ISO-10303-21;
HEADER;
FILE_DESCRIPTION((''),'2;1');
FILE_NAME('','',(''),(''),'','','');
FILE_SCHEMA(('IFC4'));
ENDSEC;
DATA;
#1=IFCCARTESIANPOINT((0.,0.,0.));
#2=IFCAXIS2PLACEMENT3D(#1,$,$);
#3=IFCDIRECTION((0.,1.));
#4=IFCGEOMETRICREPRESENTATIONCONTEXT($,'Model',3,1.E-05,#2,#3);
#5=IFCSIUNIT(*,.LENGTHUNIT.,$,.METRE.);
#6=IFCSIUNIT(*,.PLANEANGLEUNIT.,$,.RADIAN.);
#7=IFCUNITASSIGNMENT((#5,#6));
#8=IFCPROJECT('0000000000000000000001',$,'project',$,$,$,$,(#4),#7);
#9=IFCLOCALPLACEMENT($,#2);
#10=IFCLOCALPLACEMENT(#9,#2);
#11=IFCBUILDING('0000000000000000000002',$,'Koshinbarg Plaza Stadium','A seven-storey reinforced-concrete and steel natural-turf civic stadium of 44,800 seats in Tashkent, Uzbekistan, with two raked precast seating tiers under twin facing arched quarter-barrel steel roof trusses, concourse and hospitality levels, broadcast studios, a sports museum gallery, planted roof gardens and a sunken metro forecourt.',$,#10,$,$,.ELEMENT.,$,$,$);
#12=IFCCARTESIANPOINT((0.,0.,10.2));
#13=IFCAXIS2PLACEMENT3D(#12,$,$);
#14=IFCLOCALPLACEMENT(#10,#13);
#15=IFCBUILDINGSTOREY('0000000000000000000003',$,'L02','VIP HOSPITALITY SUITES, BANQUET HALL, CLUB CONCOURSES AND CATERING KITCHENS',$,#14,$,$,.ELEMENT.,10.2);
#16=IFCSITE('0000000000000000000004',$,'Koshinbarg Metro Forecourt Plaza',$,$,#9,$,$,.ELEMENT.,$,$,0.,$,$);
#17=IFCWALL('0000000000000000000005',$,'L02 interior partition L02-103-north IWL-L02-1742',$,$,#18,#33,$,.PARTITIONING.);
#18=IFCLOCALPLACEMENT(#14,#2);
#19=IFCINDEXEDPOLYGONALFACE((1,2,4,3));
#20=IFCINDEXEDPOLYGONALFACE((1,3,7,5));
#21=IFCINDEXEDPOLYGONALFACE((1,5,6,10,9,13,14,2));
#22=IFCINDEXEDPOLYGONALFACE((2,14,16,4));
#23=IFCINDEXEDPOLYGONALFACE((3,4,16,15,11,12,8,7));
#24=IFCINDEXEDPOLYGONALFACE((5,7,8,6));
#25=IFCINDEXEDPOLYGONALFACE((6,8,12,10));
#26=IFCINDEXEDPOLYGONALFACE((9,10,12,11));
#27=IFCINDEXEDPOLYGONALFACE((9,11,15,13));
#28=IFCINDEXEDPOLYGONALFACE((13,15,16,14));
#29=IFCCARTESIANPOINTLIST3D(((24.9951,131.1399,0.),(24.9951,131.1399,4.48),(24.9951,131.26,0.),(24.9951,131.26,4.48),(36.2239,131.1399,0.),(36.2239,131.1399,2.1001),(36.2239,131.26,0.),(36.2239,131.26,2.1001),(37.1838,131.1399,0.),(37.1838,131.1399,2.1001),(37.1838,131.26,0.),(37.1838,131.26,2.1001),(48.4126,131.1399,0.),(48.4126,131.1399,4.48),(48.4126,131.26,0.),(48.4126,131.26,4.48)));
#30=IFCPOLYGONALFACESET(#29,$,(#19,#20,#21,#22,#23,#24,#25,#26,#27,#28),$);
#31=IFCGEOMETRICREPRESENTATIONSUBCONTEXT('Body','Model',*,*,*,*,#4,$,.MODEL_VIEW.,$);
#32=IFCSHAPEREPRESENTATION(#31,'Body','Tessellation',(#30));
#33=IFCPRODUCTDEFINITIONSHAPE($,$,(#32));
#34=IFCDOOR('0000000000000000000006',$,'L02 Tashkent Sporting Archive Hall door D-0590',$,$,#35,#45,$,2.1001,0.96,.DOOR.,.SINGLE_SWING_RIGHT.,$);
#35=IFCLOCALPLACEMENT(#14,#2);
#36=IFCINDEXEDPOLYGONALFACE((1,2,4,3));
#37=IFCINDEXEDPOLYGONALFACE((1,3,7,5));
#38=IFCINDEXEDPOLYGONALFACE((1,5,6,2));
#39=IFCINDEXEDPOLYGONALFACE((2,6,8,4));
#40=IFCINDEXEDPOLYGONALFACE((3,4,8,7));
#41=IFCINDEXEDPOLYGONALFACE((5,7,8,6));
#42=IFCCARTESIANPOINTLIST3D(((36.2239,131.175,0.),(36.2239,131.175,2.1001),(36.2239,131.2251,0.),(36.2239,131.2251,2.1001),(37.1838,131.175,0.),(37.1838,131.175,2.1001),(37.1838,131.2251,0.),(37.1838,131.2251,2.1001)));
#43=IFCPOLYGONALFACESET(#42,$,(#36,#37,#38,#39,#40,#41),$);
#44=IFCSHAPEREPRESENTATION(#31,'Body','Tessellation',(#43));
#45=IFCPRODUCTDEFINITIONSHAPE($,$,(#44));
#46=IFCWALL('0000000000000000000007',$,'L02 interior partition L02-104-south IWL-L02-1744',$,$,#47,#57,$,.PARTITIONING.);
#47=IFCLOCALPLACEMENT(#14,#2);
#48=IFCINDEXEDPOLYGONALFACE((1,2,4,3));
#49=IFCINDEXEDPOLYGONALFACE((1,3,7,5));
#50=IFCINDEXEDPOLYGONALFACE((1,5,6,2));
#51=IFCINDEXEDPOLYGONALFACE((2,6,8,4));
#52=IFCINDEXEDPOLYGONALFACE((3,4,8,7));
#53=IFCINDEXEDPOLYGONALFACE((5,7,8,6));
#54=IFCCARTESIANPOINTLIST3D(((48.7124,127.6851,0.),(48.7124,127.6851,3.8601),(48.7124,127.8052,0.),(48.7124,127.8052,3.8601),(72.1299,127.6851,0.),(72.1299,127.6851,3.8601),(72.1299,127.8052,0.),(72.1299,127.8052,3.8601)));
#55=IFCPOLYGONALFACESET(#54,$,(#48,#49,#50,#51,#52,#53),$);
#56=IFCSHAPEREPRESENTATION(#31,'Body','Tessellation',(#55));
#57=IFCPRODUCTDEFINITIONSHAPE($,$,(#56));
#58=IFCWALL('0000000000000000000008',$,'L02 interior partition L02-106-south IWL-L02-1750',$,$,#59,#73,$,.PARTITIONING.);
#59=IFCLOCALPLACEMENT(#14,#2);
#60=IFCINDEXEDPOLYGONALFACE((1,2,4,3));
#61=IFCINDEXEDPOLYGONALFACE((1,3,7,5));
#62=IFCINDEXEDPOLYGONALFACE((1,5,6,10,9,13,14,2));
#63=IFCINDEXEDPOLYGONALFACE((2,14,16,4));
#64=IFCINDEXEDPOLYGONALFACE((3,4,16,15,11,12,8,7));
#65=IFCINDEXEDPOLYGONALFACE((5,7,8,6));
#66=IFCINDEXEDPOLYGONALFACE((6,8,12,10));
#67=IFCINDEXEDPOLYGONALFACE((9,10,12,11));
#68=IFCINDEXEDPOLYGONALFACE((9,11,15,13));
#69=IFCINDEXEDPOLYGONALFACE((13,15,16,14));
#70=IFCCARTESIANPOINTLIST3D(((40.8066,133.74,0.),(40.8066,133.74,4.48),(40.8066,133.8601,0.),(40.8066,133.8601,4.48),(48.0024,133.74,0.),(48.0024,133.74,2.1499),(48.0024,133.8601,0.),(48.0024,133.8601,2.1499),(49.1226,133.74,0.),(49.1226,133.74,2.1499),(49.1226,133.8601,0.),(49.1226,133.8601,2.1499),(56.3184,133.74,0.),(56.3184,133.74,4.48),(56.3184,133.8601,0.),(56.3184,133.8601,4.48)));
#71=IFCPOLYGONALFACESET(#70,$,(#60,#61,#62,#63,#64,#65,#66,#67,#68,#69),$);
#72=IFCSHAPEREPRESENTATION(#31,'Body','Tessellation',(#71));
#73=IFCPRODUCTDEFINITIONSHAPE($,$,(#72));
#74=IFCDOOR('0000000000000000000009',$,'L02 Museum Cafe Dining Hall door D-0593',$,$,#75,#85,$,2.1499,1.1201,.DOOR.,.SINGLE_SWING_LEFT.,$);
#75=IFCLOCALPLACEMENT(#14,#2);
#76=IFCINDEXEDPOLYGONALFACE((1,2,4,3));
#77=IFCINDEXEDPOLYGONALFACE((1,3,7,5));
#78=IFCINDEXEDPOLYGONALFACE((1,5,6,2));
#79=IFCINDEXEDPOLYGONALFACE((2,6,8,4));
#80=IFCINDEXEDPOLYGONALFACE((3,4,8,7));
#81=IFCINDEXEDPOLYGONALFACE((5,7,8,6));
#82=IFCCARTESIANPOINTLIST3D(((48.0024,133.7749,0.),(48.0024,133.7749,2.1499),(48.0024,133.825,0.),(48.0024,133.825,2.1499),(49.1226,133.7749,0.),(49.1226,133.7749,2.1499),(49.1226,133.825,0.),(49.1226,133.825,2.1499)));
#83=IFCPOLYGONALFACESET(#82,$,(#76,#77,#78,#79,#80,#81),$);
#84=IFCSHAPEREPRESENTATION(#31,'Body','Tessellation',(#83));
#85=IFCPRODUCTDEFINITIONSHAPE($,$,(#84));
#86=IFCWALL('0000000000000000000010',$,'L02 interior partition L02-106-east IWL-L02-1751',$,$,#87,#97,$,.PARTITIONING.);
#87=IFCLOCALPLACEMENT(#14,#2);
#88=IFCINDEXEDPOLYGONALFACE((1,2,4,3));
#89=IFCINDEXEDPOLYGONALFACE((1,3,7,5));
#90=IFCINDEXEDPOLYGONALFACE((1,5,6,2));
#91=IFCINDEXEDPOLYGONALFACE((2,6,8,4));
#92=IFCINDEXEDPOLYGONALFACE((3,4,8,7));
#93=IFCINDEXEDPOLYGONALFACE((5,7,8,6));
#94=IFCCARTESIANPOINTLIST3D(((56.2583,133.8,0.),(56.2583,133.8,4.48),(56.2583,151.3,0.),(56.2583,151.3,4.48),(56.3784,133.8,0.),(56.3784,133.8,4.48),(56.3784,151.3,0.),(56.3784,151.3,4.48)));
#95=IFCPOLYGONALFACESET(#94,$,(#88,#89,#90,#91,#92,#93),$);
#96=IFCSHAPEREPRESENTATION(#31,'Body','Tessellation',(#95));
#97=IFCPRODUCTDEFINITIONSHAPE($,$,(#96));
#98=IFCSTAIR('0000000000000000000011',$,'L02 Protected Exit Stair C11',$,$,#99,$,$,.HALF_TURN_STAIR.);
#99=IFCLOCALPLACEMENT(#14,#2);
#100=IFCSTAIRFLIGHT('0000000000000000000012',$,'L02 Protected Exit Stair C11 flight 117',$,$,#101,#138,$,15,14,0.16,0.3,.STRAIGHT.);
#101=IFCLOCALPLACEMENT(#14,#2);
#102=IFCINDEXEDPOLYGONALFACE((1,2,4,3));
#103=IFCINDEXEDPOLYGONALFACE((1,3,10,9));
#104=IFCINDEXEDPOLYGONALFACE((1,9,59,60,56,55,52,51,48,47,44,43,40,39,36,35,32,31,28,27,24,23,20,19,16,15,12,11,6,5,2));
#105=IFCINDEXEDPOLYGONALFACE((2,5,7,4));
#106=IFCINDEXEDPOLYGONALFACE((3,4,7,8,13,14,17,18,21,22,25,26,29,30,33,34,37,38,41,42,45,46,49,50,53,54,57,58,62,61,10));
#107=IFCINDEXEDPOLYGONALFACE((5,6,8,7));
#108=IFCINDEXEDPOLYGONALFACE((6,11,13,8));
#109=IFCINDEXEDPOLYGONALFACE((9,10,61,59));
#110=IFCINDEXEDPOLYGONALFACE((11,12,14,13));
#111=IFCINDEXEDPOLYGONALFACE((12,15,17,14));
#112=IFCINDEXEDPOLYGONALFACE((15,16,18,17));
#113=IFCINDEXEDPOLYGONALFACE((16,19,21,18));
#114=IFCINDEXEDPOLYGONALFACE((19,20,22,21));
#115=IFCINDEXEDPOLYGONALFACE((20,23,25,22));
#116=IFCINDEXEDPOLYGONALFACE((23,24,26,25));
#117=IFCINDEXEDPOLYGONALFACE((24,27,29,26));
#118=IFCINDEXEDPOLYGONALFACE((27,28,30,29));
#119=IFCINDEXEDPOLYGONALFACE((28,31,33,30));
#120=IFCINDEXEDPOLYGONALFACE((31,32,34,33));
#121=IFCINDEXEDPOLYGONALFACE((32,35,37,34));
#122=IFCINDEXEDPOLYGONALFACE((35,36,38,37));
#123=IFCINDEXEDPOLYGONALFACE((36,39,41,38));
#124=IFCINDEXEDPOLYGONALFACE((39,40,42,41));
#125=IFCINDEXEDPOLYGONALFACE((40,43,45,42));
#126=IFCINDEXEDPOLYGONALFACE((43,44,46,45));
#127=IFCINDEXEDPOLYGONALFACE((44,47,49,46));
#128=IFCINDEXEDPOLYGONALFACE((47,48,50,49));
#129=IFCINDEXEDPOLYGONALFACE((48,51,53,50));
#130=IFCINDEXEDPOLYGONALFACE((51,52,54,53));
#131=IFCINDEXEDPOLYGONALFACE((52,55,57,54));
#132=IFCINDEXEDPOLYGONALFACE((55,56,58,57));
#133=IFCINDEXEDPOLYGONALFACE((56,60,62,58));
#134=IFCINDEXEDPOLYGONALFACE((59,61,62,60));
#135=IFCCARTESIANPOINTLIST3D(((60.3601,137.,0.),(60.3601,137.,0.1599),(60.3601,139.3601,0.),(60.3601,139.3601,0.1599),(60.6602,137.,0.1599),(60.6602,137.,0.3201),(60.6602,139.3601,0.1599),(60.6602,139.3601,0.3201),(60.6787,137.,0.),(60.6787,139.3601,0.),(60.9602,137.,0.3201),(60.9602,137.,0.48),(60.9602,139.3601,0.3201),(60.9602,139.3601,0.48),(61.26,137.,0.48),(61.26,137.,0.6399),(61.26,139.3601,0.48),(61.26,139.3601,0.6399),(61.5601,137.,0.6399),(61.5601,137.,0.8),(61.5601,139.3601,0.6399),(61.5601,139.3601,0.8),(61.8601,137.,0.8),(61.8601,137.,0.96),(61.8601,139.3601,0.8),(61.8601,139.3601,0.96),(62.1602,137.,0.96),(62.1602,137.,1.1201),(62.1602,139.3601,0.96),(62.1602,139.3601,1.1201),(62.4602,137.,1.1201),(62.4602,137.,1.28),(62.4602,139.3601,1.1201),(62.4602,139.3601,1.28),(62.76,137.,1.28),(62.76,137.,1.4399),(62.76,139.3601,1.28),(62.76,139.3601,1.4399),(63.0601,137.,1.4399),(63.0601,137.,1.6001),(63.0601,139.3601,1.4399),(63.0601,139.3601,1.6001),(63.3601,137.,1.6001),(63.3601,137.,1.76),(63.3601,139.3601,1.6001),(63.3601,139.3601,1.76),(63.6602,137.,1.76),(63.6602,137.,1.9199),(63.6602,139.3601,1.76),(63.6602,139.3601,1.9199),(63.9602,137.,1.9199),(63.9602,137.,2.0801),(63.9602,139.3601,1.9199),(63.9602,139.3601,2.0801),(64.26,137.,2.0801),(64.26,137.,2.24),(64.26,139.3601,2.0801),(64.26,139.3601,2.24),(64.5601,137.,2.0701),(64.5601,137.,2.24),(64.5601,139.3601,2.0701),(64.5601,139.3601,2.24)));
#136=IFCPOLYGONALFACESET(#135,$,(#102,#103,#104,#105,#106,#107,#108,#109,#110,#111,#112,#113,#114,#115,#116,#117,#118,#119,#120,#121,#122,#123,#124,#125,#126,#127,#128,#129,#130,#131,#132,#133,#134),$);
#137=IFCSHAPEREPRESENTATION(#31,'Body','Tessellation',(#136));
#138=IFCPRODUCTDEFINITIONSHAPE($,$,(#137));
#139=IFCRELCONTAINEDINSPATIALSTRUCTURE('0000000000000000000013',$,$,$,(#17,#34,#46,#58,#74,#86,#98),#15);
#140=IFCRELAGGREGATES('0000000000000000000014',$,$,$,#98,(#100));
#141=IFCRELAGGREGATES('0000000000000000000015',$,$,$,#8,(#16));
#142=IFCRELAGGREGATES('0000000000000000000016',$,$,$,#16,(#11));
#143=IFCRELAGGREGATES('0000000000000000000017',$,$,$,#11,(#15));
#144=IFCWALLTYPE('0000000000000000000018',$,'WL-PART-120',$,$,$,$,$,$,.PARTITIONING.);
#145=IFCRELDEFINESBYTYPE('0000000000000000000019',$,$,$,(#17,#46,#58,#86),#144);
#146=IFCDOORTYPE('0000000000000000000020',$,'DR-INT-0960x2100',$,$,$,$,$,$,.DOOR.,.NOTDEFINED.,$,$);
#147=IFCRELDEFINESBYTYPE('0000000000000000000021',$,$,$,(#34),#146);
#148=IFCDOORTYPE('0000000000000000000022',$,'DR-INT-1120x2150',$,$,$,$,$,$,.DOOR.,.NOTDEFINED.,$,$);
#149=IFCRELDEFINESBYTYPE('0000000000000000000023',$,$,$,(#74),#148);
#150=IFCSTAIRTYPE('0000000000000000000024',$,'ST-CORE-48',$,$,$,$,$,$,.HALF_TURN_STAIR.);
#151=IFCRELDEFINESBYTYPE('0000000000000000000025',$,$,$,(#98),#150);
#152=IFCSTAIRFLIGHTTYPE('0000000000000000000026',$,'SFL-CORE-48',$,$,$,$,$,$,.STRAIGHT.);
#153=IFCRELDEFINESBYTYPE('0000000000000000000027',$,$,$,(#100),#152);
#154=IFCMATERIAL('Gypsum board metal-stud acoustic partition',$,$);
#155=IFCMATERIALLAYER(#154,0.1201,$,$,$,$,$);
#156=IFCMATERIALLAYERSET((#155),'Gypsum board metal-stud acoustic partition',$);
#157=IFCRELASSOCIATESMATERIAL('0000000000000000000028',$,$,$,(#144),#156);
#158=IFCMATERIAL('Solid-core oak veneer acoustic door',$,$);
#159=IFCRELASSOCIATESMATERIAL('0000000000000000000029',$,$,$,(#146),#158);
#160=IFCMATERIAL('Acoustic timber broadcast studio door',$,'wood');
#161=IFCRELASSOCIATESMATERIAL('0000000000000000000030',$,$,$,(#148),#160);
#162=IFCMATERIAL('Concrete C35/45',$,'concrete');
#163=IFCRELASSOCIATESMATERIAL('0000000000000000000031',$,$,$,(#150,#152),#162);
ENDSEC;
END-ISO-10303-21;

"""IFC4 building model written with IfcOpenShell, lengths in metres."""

from ifc_helpers import new_model, si_unit, direction, frame, frame_2d, origin, place, context, subcontext, project, spatial, polyline, rectangle, outline, extrude, material, layer, layer_set, type_object, element, fill, aggregate, save


model = new_model("IFC4")

# Units and contexts
model_context = context("Model", 3, precision=1e-05, world=origin(), true_north=direction((0.0, 1.0)))
body_context = subcontext(model_context, "Body", "Model", "MODEL_VIEW")
ifc_project = project(units=[si_unit("LENGTHUNIT", "METRE"), si_unit("PLANEANGLEUNIT", "RADIAN")], contexts=[model_context])

# Site, building, storey
site_placement = place(None, origin())
site = spatial("IfcSite", under=ifc_project, at=site_placement, Name="Koshinbarg Metro Forecourt Plaza", CompositionType="ELEMENT", RefElevation=0.0)
building_placement = place(site_placement, origin())
building = spatial("IfcBuilding", under=site, at=building_placement, Name="Koshinbarg Plaza Stadium", Description="A seven-storey reinforced-concrete and steel natural-turf civic stadium of 44,800 seats in Tashkent, Uzbekistan, with two raked precast seating tiers under twin facing arched quarter-barrel steel roof trusses, concourse and hospitality levels, broadcast studios, a sports museum gallery, planted roof gardens and a sunken metro forecourt.", CompositionType="ELEMENT")
storey_placement = place(building_placement, frame((0.0, 0.0, 10.2)))
storey = spatial("IfcBuildingStorey", under=building, at=storey_placement, Name="L02", Description="VIP HOSPITALITY SUITES, BANQUET HALL, CLUB CONCOURSES AND CATERING KITCHENS", CompositionType="ELEMENT", Elevation=10.2)

# Shared definitions
ifc_material_1 = material(Name="Gypsum board metal-stud acoustic partition")
ifc_layer_1 = layer(ifc_material_1, 0.1201)
ifc_layer_set_1 = layer_set([ifc_layer_1], Name="Gypsum board metal-stud acoustic partition")
wall_type_1 = type_object("IfcWallType", Name="WL-PART-120", PredefinedType="PARTITIONING", material=ifc_layer_set_1)

# Wall, opening, door
wall_1_placement = place(storey_placement, frame((48.4126, 131.2, 0.0), z_axis=(0.0, 0.0, 1.0), x_axis=(-1.0, 0.0, 0.0)))
wall_1 = element("IfcWall", 1, at=wall_1_placement, inside=storey, type_object=wall_type_1, Name="L02 interior partition L02-103-north IWL-L02-1742", PredefinedType="PARTITIONING", context=body_context, shape_type="SweptSolid", body=[
    extrude(rectangle(XDim=23.4175, YDim=0.1201, at=frame_2d((11.7087, 0.0))), origin(), (0.0, 0.0, 1.0), 4.48),
])
opening_1_placement = place(wall_1_placement, frame((11.2288, 0.0, 0.0)))
opening_1 = element("IfcOpeningElement", 2, at=opening_1_placement, cuts=wall_1, PredefinedType="OPENING", context=body_context, shape_type="SweptSolid", body=[
    extrude(rectangle(XDim=0.96, YDim=2.1001, at=frame_2d((0.48, 1.05))), frame((0.0, 0.0701, 0.0), z_axis=(0.0, -1.0, 0.0), x_axis=(1.0, 0.0, 0.0)), (0.0, 0.0, 1.0), 0.1401),
])
ifc_material_2 = material(Name="Solid-core oak veneer acoustic door")
door_type_1 = type_object("IfcDoorType", Name="DR-INT-0960x2100", OperationType="NOTDEFINED", PredefinedType="DOOR", material=ifc_material_2)
door_1_placement = place(opening_1_placement, origin())
door_1 = element("IfcDoor", 3, at=door_1_placement, inside=storey, type_object=door_type_1, Name="L02 Tashkent Sporting Archive Hall door D-0590", OperationType="SINGLE_SWING_RIGHT", OverallHeight=2.1001, OverallWidth=0.96, PredefinedType="DOOR", context=body_context, shape_type="SweptSolid", body=[
    extrude(rectangle(XDim=0.96, YDim=2.1001, at=frame_2d((0.48, 1.05))), frame((0.0, 0.0249, 0.0), z_axis=(0.0, -1.0, 0.0), x_axis=(1.0, 0.0, 0.0)), (0.0, 0.0, 1.0), 0.05),
])
fill(opening_1, door_1)

# Wall
wall_2_placement = place(storey_placement, frame((48.7124, 127.7451, 0.0), z_axis=(0.0, 0.0, 1.0), x_axis=(1.0, 0.0, 0.0)))
element("IfcWall", 4, at=wall_2_placement, inside=storey, type_object=wall_type_1, Name="L02 interior partition L02-104-south IWL-L02-1744", PredefinedType="PARTITIONING", context=body_context, shape_type="SweptSolid", body=[
    extrude(rectangle(XDim=23.4175, YDim=0.1201, at=frame_2d((11.7087, 0.0))), origin(), (0.0, 0.0, 1.0), 3.8601),
])

# Wall, opening, door
wall_3_placement = place(storey_placement, frame((40.8066, 133.8, 0.0), z_axis=(0.0, 0.0, 1.0), x_axis=(1.0, 0.0, 0.0)))
wall_3 = element("IfcWall", 5, at=wall_3_placement, inside=storey, type_object=wall_type_1, Name="L02 interior partition L02-106-south IWL-L02-1750", PredefinedType="PARTITIONING", context=body_context, shape_type="SweptSolid", body=[
    extrude(rectangle(XDim=15.5117, YDim=0.1201, at=frame_2d((7.7559, 0.0))), origin(), (0.0, 0.0, 1.0), 4.48),
])
opening_2_placement = place(wall_3_placement, frame((7.1958, 0.0, 0.0)))
opening_2 = element("IfcOpeningElement", 6, at=opening_2_placement, cuts=wall_3, PredefinedType="OPENING", context=body_context, shape_type="SweptSolid", body=[
    extrude(rectangle(XDim=1.1201, YDim=2.1499, at=frame_2d((0.5601, 1.075))), frame((0.0, 0.0701, 0.0), z_axis=(0.0, -1.0, 0.0), x_axis=(1.0, 0.0, 0.0)), (0.0, 0.0, 1.0), 0.1401),
])
ifc_material_3 = material(Name="Acoustic timber broadcast studio door", Category="wood")
door_type_2 = type_object("IfcDoorType", Name="DR-INT-1120x2150", OperationType="NOTDEFINED", PredefinedType="DOOR", material=ifc_material_3)
door_2_placement = place(opening_2_placement, origin())
door_2 = element("IfcDoor", 7, at=door_2_placement, inside=storey, type_object=door_type_2, Name="L02 Museum Cafe Dining Hall door D-0593", OperationType="SINGLE_SWING_LEFT", OverallHeight=2.1499, OverallWidth=1.1201, PredefinedType="DOOR", context=body_context, shape_type="SweptSolid", body=[
    extrude(rectangle(XDim=1.1201, YDim=2.1499, at=frame_2d((0.5601, 1.075))), frame((0.0, 0.0249, 0.0), z_axis=(0.0, -1.0, 0.0), x_axis=(1.0, 0.0, 0.0)), (0.0, 0.0, 1.0), 0.05),
])
fill(opening_2, door_2)

# Wall
wall_4_placement = place(storey_placement, frame((56.3184, 133.8, 0.0), z_axis=(0.0, 0.0, 1.0), x_axis=(0.0, 1.0, 0.0)))
element("IfcWall", 8, at=wall_4_placement, inside=storey, type_object=wall_type_1, Name="L02 interior partition L02-106-east IWL-L02-1751", PredefinedType="PARTITIONING", context=body_context, shape_type="SweptSolid", body=[
    extrude(rectangle(XDim=17.5, YDim=0.1201, at=frame_2d((8.75, 0.0))), origin(), (0.0, 0.0, 1.0), 4.48),
])

# Stair, stair flight
ifc_material_4 = material(Name="Concrete C35/45", Category="concrete")
stair_type = type_object("IfcStairType", Name="ST-CORE-48", PredefinedType="HALF_TURN_STAIR", material=ifc_material_4)
stair_placement = place(storey_placement, origin())
stair = element("IfcStair", 9, at=stair_placement, inside=storey, type_object=stair_type, Name="L02 Protected Exit Stair C11", PredefinedType="HALF_TURN_STAIR")
stair_flight_type = type_object("IfcStairFlightType", Name="SFL-CORE-48", PredefinedType="STRAIGHT", material=ifc_material_4)
stair_flight_placement = place(storey_placement, frame((60.3601, 138.1799, 0.0), z_axis=(0.0, 0.0, 1.0), x_axis=(1.0, 0.0, 0.0)))
stair_flight = element("IfcStairFlight", 10, at=stair_flight_placement, type_object=stair_flight_type, Name="L02 Protected Exit Stair C11 flight 117", NumberOfRisers=15, NumberOfTreads=14, PredefinedType="STRAIGHT", RiserHeight=0.16, TreadLength=0.3, context=body_context, shape_type="SweptSolid", body=[
    extrude(outline(polyline([(0.0, 0.0), (0.0, 0.1599), (0.3, 0.1599), (0.3, 0.3201), (0.6001, 0.3201), (0.6001, 0.48), (0.8999, 0.48), (0.8999, 0.6399), (1.2, 0.6399), (1.2, 0.8), (1.5, 0.8), (1.5, 0.96), (1.8, 0.96), (1.8, 1.1201), (2.1001, 1.1201), (2.1001, 1.28), (2.3999, 1.28), (2.3999, 1.4399), (2.7, 1.4399), (2.7, 1.6001), (3.0, 1.6001), (3.0, 1.76), (3.3, 1.76), (3.3, 1.9199), (3.6001, 1.9199), (3.6001, 2.0801), (3.8999, 2.0801), (3.8999, 2.24), (4.2, 2.24), (4.2, 2.3999), (4.2, 2.0701), (0.3186, 0.0), (0.0, 0.0)])), frame((0.0, 1.1802, 0.0), z_axis=(0.0, -1.0, 0.0), x_axis=(1.0, 0.0, 0.0)), (0.0, 0.0, 1.0), 2.3601),
])
aggregate(stair, [stair_flight])

save(model, "model.ifc")
